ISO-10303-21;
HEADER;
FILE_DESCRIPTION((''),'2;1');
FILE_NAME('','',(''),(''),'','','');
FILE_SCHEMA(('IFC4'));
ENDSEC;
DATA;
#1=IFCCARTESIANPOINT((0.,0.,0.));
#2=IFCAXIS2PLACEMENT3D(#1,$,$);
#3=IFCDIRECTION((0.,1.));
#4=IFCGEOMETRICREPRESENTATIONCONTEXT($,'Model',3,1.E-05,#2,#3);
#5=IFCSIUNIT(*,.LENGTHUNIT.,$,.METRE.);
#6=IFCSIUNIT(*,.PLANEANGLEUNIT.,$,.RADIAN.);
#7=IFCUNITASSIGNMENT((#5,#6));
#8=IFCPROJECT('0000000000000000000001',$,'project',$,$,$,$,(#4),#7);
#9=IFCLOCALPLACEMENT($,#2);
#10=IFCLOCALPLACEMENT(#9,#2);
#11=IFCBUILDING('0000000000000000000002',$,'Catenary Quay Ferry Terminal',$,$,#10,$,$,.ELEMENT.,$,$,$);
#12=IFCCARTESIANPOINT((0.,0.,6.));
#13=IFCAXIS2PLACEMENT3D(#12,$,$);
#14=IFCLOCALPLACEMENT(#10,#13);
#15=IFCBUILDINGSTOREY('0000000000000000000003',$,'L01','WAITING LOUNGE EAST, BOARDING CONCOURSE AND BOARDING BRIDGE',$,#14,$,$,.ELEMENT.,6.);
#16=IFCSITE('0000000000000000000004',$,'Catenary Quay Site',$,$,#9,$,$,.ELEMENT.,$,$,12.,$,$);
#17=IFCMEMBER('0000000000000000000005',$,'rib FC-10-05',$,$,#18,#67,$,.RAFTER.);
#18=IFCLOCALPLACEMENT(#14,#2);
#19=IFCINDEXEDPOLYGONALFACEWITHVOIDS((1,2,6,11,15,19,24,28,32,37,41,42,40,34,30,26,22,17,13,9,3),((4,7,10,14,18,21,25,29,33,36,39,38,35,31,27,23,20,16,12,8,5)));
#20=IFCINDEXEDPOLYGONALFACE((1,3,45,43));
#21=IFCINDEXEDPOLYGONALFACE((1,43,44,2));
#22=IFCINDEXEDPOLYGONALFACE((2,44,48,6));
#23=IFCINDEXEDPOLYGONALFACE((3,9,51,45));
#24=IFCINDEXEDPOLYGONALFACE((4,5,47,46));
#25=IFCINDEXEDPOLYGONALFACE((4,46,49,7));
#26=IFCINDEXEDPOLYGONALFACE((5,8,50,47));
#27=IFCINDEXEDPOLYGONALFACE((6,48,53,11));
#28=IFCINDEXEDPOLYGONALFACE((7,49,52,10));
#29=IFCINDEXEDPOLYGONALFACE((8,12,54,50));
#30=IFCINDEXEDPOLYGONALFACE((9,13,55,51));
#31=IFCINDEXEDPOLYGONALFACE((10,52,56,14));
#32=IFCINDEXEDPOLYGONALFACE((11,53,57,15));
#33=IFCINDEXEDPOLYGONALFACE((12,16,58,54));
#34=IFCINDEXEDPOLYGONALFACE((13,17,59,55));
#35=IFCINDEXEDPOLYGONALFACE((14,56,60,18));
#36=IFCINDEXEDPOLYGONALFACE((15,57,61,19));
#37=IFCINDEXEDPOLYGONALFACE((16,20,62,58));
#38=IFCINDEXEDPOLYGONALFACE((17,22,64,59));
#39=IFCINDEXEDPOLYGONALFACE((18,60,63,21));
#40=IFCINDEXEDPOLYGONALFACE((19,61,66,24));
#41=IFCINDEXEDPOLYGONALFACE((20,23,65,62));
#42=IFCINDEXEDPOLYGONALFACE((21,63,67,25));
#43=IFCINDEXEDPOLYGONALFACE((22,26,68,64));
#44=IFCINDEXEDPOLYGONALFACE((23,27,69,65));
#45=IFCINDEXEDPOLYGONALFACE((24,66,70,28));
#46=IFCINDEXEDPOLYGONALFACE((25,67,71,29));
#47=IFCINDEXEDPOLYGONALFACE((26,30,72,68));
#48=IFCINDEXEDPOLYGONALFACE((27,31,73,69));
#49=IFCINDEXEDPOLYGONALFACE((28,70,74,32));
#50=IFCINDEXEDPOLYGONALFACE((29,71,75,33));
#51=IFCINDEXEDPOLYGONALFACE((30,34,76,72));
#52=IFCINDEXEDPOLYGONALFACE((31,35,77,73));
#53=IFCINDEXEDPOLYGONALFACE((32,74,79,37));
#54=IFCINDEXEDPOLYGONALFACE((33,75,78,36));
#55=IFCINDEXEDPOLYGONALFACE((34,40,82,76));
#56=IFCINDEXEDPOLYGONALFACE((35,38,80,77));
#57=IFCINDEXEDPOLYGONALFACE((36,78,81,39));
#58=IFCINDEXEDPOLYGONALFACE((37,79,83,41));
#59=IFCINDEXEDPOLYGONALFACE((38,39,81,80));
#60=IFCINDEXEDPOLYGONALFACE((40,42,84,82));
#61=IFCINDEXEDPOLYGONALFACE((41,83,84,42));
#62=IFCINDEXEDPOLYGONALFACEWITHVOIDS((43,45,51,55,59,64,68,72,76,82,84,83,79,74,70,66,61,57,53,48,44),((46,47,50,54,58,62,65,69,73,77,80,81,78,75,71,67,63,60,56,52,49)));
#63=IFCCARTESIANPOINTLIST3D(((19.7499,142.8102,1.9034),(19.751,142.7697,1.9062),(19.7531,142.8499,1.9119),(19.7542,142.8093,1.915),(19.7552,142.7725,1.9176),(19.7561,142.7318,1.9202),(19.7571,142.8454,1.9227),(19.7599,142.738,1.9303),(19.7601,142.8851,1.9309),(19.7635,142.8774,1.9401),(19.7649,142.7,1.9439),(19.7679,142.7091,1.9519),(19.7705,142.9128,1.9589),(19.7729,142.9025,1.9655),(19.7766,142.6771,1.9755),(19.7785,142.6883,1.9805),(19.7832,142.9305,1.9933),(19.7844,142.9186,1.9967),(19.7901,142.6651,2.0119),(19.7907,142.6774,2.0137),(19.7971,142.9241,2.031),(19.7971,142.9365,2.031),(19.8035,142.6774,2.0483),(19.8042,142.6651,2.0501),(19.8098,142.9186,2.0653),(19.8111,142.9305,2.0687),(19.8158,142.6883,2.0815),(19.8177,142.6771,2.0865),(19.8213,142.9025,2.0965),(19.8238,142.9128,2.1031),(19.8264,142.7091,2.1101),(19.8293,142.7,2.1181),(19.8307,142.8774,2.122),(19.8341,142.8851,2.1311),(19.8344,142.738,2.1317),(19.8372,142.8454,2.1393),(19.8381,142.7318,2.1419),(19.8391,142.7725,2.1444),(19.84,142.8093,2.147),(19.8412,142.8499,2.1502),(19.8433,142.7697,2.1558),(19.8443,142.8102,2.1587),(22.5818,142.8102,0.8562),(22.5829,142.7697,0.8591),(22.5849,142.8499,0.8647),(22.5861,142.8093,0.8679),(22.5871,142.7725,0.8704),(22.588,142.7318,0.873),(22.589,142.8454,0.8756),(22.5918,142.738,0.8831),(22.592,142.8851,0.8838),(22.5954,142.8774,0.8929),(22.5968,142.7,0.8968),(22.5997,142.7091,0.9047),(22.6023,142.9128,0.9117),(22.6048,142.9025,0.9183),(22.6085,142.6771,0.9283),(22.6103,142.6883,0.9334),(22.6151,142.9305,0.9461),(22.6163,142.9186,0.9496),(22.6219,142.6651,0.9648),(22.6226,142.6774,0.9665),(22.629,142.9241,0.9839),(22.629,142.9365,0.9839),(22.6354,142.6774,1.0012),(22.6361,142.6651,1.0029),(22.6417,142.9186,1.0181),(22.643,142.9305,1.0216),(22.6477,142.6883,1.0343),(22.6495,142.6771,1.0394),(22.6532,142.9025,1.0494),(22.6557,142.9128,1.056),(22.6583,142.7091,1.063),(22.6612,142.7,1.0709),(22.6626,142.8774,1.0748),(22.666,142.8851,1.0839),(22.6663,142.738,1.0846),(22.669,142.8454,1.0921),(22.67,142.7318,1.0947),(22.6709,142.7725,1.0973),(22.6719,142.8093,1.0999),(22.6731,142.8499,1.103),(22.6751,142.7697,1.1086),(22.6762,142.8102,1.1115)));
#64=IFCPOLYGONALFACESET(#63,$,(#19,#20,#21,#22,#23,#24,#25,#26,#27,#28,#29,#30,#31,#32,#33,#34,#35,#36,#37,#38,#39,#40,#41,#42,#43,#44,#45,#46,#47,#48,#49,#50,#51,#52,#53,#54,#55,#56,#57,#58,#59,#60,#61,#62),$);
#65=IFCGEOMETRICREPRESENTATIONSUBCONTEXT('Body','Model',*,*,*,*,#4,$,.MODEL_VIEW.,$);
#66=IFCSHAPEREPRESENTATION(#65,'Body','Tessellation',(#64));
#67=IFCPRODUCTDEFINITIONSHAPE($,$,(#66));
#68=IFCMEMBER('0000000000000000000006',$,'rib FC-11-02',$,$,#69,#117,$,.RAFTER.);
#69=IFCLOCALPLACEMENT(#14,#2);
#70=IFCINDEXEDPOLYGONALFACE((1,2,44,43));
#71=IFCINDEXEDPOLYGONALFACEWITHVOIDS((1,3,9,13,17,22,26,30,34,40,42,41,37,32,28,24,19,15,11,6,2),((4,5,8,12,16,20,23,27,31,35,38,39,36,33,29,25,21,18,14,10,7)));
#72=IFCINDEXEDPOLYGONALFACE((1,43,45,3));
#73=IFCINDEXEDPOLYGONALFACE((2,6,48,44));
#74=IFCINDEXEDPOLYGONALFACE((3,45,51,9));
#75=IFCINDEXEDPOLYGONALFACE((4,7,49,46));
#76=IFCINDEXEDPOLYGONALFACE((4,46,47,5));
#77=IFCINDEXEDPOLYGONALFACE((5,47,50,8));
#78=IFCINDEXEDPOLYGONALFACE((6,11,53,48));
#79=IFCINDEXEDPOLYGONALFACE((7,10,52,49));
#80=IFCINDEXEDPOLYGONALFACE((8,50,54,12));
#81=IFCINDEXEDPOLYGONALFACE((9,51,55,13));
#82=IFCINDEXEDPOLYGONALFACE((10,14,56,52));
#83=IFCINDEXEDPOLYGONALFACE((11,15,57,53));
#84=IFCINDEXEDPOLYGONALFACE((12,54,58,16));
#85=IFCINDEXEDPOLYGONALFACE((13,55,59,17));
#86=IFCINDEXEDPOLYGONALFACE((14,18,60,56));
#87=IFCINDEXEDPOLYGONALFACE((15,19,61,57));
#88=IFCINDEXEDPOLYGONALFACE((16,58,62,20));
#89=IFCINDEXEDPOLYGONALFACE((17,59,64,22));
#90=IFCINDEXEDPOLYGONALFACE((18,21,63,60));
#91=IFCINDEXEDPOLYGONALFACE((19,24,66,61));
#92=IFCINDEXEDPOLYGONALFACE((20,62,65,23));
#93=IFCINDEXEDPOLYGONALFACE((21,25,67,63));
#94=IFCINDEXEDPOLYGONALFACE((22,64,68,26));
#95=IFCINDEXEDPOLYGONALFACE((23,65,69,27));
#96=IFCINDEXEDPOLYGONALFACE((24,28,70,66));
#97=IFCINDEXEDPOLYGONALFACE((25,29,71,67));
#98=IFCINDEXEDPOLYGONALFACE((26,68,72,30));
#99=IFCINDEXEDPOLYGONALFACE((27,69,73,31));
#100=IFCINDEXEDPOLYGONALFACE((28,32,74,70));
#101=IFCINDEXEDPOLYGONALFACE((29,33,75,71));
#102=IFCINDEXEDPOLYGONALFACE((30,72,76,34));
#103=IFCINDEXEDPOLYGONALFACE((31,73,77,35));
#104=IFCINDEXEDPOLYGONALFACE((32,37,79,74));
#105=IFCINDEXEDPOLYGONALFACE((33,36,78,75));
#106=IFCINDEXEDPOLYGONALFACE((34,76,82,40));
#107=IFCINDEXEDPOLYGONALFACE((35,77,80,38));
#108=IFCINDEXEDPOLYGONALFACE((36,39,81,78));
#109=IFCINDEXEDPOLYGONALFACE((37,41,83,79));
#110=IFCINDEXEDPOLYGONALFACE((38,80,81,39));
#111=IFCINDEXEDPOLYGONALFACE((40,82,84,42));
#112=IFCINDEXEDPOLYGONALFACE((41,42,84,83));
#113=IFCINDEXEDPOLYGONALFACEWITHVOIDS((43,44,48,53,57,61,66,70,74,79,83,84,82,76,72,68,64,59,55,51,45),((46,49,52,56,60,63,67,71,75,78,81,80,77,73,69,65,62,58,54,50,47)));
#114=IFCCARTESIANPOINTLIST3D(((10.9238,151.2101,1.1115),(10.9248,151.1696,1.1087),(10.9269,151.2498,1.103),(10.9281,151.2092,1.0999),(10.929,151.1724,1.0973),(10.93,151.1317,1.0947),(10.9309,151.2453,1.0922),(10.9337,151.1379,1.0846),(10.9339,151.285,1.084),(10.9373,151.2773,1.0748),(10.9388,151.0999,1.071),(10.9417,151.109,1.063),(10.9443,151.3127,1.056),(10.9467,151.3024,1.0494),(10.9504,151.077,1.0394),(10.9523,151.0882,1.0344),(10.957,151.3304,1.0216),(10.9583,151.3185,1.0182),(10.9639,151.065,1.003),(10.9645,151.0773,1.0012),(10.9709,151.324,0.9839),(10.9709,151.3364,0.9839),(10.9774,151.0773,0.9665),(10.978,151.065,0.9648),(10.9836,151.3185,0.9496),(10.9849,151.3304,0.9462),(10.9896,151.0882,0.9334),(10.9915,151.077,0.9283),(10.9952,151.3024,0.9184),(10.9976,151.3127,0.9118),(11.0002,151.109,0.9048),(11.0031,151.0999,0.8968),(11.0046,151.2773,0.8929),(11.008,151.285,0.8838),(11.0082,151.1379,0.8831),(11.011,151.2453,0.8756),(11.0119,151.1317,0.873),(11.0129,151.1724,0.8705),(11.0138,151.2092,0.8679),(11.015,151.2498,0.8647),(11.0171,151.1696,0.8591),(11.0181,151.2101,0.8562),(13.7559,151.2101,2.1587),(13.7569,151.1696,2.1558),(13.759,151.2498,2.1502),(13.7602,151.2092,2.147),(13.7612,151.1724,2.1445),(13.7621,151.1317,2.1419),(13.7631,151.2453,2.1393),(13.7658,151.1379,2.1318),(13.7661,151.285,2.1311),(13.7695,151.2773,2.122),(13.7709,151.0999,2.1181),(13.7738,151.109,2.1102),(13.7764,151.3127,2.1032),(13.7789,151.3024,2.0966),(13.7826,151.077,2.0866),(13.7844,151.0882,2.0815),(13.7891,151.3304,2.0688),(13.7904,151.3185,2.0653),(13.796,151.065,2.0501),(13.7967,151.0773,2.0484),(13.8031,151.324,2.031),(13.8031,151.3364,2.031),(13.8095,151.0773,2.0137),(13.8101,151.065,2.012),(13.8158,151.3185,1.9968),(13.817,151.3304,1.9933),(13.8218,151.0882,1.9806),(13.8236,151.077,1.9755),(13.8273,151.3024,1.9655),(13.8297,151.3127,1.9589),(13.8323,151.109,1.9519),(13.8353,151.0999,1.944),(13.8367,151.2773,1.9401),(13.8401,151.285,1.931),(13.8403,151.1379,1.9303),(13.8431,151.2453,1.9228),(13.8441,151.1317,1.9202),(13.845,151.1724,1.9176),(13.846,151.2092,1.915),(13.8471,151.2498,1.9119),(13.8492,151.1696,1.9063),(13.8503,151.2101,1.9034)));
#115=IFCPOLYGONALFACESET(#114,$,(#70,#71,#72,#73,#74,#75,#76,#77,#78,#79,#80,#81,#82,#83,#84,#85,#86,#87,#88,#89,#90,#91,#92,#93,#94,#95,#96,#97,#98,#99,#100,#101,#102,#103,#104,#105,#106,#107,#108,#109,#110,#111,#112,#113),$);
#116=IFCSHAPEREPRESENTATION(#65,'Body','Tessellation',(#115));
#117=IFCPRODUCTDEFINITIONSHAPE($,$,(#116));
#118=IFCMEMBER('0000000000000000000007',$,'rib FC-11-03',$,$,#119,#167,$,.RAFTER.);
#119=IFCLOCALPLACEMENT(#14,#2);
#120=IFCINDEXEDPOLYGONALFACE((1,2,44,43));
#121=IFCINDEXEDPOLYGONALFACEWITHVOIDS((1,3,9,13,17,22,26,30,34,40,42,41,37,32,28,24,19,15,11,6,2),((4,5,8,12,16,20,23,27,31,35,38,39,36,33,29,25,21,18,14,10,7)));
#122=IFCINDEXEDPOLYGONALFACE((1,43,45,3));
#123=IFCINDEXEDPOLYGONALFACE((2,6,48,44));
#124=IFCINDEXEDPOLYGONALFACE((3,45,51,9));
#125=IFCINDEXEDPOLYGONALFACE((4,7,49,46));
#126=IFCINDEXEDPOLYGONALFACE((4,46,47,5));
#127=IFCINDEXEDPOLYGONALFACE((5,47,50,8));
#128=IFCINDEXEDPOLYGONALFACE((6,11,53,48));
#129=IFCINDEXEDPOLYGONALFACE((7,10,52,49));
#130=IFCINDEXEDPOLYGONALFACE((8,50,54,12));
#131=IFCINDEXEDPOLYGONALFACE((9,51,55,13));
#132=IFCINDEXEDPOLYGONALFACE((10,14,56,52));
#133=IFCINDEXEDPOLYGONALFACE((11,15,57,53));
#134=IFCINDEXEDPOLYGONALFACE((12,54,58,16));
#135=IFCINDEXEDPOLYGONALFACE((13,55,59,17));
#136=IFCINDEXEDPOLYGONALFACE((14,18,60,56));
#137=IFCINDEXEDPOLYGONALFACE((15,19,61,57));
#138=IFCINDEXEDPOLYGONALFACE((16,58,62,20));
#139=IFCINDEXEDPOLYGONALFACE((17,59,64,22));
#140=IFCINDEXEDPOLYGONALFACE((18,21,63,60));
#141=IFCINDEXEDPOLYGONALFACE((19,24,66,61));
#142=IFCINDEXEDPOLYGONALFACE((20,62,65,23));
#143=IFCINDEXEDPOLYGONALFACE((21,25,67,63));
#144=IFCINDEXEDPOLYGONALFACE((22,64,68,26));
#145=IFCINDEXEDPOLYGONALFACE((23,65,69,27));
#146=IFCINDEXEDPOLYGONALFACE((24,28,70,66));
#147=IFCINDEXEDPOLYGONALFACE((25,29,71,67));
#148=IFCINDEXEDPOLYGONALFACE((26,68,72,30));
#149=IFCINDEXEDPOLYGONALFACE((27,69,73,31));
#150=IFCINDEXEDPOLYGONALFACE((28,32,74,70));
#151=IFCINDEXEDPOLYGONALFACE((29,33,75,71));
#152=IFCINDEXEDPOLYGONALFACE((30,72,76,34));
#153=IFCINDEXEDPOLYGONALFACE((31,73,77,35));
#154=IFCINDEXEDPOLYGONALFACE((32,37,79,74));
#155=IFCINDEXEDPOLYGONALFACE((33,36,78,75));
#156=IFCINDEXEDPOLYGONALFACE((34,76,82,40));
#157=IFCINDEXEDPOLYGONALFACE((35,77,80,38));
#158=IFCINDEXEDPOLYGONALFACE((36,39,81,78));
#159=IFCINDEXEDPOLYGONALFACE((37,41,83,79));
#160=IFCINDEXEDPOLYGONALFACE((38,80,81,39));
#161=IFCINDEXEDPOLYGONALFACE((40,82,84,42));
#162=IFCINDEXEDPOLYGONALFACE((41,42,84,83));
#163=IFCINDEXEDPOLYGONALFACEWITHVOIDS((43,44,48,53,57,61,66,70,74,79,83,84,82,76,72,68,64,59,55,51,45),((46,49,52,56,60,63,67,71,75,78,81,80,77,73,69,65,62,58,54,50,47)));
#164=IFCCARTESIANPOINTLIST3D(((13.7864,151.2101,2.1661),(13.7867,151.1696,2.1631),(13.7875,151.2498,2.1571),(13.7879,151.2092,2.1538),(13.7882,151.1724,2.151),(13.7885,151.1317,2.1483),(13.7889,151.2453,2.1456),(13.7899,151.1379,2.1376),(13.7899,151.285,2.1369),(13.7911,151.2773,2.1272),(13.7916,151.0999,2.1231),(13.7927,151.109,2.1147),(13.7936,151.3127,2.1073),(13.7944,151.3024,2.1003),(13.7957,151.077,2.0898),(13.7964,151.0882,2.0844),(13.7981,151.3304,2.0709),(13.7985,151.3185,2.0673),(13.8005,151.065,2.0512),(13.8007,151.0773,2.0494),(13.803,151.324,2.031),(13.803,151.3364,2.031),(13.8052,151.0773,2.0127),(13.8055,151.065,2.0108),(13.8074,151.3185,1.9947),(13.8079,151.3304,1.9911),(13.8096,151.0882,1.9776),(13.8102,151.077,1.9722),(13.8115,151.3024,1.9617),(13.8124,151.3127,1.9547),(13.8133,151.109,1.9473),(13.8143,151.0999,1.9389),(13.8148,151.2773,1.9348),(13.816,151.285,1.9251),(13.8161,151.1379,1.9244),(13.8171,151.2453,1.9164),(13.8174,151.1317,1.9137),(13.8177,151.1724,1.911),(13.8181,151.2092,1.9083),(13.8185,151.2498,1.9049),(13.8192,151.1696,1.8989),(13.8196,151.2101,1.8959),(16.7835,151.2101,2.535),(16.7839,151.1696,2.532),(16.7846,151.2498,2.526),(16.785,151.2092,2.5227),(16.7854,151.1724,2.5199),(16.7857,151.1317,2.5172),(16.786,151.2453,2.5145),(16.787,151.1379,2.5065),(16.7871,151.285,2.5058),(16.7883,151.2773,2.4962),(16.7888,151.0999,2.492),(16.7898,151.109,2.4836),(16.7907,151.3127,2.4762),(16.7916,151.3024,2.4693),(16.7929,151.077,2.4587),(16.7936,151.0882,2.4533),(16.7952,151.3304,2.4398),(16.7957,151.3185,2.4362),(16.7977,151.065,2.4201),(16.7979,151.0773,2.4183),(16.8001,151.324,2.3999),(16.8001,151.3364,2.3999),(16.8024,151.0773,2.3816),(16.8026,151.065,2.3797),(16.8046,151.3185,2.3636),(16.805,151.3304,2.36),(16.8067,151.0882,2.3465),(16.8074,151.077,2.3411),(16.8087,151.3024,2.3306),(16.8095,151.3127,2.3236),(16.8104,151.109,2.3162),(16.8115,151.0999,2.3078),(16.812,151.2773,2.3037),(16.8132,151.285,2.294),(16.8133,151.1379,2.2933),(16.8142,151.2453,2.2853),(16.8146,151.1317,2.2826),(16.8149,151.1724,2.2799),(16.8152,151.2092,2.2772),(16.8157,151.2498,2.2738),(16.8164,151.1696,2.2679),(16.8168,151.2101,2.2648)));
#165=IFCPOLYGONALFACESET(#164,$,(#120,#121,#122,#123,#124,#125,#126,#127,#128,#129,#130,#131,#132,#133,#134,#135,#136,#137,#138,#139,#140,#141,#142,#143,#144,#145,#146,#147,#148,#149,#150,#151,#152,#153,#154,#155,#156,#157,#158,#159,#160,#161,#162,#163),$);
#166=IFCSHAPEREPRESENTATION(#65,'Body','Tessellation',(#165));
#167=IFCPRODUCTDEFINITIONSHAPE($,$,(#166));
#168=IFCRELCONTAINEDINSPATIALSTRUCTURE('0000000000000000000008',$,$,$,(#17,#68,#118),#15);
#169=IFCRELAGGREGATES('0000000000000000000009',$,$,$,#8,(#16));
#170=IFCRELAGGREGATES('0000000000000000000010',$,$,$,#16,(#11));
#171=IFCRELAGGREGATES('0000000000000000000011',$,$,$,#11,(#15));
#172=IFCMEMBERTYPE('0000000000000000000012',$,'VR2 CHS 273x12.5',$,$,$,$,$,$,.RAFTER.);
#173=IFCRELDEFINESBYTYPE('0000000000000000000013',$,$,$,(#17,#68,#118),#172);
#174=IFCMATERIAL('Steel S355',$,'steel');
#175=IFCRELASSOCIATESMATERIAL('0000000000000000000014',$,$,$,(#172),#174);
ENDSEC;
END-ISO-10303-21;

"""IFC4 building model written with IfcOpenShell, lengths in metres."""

from ifc_helpers import new_model, si_unit, direction, frame, origin, origin_2d, place, context, subcontext, project, spatial, hollow_circle, extrude, material, material_profile, profile_set, type_object, element, save


model = new_model("IFC4")

# Units and contexts
model_context = context("Model", 3, precision=1e-05, world=origin(), true_north=direction((0.0, 1.0)))
body_context = subcontext(model_context, "Body", "Model", "MODEL_VIEW")
ifc_project = project(units=[si_unit("LENGTHUNIT", "METRE"), si_unit("PLANEANGLEUNIT", "RADIAN")], contexts=[model_context])

# Site, building, storey
site_placement = place(None, origin())
site = spatial("IfcSite", under=ifc_project, at=site_placement, Name="Catenary Quay Site", CompositionType="ELEMENT", RefElevation=12.0)
building_placement = place(site_placement, origin())
building = spatial("IfcBuilding", under=site, at=building_placement, Name="Catenary Quay Ferry Terminal", CompositionType="ELEMENT")
storey_placement = place(building_placement, frame((0.0, 0.0, 6.0)))
storey = spatial("IfcBuildingStorey", under=building, at=storey_placement, Name="L01", Description="WAITING LOUNGE EAST, BOARDING CONCOURSE AND BOARDING BRIDGE", CompositionType="ELEMENT", Elevation=6.0)

# Members
ifc_material_1 = material(Name="Steel S355", Category="steel")
ifc_material_profile_1 = material_profile(ifc_material_1, hollow_circle(Radius=0.1365, WallThickness=0.0125, at=origin_2d()), Name="CHS 273x12.5")
ifc_profile_set_1 = profile_set([ifc_material_profile_1], Name="Steel S355")
member_type_1 = type_object("IfcMemberType", Name="VR2 CHS 273x12.5", PredefinedType="RAFTER", material=ifc_profile_set_1)
member_1_placement = place(storey_placement, frame((19.7971, 142.8, 2.031), z_axis=(0.937931, 0.0, -0.346822), x_axis=(0.0, 1.0, 0.0)))
element("IfcMember", 1, at=member_1_placement, inside=storey, type_object=member_type_1, Name="rib FC-10-05", PredefinedType="RAFTER", context=body_context, shape_type="SweptSolid", body=[
    extrude(hollow_circle(Radius=0.1365, WallThickness=0.0125, at=origin_2d()), origin(), (0.0, 0.0, 1.0), 3.0193),
])
member_2_placement = place(storey_placement, frame((10.9709, 151.2, 0.9839), z_axis=(0.937941, 0.0, 0.346796), x_axis=(0.0, 1.0, 0.0)))
element("IfcMember", 2, at=member_2_placement, inside=storey, type_object=member_type_1, Name="rib FC-11-02", PredefinedType="RAFTER", context=body_context, shape_type="SweptSolid", body=[
    extrude(hollow_circle(Radius=0.1365, WallThickness=0.0125, at=origin_2d()), origin(), (0.0, 0.0, 1.0), 3.0195),
])
for number, where, z_axis, x_axis, name in (
    (3, (13.803, 151.2, 2.031), (0.99251, 0.0, 0.122164), (0.0, 1.0, 0.0), "rib FC-11-03"),
):
    element("IfcMember", number, at=place(storey_placement, frame(where, z_axis=z_axis, x_axis=x_axis)), inside=storey, type_object=member_type_1, Name=name, PredefinedType="RAFTER", context=body_context, shape_type="SweptSolid", body=[
        extrude(hollow_circle(Radius=0.1365, WallThickness=0.0125, at=origin_2d()), origin(), (0.0, 0.0, 1.0), 3.0198),
    ])

save(model, "model.ifc")
